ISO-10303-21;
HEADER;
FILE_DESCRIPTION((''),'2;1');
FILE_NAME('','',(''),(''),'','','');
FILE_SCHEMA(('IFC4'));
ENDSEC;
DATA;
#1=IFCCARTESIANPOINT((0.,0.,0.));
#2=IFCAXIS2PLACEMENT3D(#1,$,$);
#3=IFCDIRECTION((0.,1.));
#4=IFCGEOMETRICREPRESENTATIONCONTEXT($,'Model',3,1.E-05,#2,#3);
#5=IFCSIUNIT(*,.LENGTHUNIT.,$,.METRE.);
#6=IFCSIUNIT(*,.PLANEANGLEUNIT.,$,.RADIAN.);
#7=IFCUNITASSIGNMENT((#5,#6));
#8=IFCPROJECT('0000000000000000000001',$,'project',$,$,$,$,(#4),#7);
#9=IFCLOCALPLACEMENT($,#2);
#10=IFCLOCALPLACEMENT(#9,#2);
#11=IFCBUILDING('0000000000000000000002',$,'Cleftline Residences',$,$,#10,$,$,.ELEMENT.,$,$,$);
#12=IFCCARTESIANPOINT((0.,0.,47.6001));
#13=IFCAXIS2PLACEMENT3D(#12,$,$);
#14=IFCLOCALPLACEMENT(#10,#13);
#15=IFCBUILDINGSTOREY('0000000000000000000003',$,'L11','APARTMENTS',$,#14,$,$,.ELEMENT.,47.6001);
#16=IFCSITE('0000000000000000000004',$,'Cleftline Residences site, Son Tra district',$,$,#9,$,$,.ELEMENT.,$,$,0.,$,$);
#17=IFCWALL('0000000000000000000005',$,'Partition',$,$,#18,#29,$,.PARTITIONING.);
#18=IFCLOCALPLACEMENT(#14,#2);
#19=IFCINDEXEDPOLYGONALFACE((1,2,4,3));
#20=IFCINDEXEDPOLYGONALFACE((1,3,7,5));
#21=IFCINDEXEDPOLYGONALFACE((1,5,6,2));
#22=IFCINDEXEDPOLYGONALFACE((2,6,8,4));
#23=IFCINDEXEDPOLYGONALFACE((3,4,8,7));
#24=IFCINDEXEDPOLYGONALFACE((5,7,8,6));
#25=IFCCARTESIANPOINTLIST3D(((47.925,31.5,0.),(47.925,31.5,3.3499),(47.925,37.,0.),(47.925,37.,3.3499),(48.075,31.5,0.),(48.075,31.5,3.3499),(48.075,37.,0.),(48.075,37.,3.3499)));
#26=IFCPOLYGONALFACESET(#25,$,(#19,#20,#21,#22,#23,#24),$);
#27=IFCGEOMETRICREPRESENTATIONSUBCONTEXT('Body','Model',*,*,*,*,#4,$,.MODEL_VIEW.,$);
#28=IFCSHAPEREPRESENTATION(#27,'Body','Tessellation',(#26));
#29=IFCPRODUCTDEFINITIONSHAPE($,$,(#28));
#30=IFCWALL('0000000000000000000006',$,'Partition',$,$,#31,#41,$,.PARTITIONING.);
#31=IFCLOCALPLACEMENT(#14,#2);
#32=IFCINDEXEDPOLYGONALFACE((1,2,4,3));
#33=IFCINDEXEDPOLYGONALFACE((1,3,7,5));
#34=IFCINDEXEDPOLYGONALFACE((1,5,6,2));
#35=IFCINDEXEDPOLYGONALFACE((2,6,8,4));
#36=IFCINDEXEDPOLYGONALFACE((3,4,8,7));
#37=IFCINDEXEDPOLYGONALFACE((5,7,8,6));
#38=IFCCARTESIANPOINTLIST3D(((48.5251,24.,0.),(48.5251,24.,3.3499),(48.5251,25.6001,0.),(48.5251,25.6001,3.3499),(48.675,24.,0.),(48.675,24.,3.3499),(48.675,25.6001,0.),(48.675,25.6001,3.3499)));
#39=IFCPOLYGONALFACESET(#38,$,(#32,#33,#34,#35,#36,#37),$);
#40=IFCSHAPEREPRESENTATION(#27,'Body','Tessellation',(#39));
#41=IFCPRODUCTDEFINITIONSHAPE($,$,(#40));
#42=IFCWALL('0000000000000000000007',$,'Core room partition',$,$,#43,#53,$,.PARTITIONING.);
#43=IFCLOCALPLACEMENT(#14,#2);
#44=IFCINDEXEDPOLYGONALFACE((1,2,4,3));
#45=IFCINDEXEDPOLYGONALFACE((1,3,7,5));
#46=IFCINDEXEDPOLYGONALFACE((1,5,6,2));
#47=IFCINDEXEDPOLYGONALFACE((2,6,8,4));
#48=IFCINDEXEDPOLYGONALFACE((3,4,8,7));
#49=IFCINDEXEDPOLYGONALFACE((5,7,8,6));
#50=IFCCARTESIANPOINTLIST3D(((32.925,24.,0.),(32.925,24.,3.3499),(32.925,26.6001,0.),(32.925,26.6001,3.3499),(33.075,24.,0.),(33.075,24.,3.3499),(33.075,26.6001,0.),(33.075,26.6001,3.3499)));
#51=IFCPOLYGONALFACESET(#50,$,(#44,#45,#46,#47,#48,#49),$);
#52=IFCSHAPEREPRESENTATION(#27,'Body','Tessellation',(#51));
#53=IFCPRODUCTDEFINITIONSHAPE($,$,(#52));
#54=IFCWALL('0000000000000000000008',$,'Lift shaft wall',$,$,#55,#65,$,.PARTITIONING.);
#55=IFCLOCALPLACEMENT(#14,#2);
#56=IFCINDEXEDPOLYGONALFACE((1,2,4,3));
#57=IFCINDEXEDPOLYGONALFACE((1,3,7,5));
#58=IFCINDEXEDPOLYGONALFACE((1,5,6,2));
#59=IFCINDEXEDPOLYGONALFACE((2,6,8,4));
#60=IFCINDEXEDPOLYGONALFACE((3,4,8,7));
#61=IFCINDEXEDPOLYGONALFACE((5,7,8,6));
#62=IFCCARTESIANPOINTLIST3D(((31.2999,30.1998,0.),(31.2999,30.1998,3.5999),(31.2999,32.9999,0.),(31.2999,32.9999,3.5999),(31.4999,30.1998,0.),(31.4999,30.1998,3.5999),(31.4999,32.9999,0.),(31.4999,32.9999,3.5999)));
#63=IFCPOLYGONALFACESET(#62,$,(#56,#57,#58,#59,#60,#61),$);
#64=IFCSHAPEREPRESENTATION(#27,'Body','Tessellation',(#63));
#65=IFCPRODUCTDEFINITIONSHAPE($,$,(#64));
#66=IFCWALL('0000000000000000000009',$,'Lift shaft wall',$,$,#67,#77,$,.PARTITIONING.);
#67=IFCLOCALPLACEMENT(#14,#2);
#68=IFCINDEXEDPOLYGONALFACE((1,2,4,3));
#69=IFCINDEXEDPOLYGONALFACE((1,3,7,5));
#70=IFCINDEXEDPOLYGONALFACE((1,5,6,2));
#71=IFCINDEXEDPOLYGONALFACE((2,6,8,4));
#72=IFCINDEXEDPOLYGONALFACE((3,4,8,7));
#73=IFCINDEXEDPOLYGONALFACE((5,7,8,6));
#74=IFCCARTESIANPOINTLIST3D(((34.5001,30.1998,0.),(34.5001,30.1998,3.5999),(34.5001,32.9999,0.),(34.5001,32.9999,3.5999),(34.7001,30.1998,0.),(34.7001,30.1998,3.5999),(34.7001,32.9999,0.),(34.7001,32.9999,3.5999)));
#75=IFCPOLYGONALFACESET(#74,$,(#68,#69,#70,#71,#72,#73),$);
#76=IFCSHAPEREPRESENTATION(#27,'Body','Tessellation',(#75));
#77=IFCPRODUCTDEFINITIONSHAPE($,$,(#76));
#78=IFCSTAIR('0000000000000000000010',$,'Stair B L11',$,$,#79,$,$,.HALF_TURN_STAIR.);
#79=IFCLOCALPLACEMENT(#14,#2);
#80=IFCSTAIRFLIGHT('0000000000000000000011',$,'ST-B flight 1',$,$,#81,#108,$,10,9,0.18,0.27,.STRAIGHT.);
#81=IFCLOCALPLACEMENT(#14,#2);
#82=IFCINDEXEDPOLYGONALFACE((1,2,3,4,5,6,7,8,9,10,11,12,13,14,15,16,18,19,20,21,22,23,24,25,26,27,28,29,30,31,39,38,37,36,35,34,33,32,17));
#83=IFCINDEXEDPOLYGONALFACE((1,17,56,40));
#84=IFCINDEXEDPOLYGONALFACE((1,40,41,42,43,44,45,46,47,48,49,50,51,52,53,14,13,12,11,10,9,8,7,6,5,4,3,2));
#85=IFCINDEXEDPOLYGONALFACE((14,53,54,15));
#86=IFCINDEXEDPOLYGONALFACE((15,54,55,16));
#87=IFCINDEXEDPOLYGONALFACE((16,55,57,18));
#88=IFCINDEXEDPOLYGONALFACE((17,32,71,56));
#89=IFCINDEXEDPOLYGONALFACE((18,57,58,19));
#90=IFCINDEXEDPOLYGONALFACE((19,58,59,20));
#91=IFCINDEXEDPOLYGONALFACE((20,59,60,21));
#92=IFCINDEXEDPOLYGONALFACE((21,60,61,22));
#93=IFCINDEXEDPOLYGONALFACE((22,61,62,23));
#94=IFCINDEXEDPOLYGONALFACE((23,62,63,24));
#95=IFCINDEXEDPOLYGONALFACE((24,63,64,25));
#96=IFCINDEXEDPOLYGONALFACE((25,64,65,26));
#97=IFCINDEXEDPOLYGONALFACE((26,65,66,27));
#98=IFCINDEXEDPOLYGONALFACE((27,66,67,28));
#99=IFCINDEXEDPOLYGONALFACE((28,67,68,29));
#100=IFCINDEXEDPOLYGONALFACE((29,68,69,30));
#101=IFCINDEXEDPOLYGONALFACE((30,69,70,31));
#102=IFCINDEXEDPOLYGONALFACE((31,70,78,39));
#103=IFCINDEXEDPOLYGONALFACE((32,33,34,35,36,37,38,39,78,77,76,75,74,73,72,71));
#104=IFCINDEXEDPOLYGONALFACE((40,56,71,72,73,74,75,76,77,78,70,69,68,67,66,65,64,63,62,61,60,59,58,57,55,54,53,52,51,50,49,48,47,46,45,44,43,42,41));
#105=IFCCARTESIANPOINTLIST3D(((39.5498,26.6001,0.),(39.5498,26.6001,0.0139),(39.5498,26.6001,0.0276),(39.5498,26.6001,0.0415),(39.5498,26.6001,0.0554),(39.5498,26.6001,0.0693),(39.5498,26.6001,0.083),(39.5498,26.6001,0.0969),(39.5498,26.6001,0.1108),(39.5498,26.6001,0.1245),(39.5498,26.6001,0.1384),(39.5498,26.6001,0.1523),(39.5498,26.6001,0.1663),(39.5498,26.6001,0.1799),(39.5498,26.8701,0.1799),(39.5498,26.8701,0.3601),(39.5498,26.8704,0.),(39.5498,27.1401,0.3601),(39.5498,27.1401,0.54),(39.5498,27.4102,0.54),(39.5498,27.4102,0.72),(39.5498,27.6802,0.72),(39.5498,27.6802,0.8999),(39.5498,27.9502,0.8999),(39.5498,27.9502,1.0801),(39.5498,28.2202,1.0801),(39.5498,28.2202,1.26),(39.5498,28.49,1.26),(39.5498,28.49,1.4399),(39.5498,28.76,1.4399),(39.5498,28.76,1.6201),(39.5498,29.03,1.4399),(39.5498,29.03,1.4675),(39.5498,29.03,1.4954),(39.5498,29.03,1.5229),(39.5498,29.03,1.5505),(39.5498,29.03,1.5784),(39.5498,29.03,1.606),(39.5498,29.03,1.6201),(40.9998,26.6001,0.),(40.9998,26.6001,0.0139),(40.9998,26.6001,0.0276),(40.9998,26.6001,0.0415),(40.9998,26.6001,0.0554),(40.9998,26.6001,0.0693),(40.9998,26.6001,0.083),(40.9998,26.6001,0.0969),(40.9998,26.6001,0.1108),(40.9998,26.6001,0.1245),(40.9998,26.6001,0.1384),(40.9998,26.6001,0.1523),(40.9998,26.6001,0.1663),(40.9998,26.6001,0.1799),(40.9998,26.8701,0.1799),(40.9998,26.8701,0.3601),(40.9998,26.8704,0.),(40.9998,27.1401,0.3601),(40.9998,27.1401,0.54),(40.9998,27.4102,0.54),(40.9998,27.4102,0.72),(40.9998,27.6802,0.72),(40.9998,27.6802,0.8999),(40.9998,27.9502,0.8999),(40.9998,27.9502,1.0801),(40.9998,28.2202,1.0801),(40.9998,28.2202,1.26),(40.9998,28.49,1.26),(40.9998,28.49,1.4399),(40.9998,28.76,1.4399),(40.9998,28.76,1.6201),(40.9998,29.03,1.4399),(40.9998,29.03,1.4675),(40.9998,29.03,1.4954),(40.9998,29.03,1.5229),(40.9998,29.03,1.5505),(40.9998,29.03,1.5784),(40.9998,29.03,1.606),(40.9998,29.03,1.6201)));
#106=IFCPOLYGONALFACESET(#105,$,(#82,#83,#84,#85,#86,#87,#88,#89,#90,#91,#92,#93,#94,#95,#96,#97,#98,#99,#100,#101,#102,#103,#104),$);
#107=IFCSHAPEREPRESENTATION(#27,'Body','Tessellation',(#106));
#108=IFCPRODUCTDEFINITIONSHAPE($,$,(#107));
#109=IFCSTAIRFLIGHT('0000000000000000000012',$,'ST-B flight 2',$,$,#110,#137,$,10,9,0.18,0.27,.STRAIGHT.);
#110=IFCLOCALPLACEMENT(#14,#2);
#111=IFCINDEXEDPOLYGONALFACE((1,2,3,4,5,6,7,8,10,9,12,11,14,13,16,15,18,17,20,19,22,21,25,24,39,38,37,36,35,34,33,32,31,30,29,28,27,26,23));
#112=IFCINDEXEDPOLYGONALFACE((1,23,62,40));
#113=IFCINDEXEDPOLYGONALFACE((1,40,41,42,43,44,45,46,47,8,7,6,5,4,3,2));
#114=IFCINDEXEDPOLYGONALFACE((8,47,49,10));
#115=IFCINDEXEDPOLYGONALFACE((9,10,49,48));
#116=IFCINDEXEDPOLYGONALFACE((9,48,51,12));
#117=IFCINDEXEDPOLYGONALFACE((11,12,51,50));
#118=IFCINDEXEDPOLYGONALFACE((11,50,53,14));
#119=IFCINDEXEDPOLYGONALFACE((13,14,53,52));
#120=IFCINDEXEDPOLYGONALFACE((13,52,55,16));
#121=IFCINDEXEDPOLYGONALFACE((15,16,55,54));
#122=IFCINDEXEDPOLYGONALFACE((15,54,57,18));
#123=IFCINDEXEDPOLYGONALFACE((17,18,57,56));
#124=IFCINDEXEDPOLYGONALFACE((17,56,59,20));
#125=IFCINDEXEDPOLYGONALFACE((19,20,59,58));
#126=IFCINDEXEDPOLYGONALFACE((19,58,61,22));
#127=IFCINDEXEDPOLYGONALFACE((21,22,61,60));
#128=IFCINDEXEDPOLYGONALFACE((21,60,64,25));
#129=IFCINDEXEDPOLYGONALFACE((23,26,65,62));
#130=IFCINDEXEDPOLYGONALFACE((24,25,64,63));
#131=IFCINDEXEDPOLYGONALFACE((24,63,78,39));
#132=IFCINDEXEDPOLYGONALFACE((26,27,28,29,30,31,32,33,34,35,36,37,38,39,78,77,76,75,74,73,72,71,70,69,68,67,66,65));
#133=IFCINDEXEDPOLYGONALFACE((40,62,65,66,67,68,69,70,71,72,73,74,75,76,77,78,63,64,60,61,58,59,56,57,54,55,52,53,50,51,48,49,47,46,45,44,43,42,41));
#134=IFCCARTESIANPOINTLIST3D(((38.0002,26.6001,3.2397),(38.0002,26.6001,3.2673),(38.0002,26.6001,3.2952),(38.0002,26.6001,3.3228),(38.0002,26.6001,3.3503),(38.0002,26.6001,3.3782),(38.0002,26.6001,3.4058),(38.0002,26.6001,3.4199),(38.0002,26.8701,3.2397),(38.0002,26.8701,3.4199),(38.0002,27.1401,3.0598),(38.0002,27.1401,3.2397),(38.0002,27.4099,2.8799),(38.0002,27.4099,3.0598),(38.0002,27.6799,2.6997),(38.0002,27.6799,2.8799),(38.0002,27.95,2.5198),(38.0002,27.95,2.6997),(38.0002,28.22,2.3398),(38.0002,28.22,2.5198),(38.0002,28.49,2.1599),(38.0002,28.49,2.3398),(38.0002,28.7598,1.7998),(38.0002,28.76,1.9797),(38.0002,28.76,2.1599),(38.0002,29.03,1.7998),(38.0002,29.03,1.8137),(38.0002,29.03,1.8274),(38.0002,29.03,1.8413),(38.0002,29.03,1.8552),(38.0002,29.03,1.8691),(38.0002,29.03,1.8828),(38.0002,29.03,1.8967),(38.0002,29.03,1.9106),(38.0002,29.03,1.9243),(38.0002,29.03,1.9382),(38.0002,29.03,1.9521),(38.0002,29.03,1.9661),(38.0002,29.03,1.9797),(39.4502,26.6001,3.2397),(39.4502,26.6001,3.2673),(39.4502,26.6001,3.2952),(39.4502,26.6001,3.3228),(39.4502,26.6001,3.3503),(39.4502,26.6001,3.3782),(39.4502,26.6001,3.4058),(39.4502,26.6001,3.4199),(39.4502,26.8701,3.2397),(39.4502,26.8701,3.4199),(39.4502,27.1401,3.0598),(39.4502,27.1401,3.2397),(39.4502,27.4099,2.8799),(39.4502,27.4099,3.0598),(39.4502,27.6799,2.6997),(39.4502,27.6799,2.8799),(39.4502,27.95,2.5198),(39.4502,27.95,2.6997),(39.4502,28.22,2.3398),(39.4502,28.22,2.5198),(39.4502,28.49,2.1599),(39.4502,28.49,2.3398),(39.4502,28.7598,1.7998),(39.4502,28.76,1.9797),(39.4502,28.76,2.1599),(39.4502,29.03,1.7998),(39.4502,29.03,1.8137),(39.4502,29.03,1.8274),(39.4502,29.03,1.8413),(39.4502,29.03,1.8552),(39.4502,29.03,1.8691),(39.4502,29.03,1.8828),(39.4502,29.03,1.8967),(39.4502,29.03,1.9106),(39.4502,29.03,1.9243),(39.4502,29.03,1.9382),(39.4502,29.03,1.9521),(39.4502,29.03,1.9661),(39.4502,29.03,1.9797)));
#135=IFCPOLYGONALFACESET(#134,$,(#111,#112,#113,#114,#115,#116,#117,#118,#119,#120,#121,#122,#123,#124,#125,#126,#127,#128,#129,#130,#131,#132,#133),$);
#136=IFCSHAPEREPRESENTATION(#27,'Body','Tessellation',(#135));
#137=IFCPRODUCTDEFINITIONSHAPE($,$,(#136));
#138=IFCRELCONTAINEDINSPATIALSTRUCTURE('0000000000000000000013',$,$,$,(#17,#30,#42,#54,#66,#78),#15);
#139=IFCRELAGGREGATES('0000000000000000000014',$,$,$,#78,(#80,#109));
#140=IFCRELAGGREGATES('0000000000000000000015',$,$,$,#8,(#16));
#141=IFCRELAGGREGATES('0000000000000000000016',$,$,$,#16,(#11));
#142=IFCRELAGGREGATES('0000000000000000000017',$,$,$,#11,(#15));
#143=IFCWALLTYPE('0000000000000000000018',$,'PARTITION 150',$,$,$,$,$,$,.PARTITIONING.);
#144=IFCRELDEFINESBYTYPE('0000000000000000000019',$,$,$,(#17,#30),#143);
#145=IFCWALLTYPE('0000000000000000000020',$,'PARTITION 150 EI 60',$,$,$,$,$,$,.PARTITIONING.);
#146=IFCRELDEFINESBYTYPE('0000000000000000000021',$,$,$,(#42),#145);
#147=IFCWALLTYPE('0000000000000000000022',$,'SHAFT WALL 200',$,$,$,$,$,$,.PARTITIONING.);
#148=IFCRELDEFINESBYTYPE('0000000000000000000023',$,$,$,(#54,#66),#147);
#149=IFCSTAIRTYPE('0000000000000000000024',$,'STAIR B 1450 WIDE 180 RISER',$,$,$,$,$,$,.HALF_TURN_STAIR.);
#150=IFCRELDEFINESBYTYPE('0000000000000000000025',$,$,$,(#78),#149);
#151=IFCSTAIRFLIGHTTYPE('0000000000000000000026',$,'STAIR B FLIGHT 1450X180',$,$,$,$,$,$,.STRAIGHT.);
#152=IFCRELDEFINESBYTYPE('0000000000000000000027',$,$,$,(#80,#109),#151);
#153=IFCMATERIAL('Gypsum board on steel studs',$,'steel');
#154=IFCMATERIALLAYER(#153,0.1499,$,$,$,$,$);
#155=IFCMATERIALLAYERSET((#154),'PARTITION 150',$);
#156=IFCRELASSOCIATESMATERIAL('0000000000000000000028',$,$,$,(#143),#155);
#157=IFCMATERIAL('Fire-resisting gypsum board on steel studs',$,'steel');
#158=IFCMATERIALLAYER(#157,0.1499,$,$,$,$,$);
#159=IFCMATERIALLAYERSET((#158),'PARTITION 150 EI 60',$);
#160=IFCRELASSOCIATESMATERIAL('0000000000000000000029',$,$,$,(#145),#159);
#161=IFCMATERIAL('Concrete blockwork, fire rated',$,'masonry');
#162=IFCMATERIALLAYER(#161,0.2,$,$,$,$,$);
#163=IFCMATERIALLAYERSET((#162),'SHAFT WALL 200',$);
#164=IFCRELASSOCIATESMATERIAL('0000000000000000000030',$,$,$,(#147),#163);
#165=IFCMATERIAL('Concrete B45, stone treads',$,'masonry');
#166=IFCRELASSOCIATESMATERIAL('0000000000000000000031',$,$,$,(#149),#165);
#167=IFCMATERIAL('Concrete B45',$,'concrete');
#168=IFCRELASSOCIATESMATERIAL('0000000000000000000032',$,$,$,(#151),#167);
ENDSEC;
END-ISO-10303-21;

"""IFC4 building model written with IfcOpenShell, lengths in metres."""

from ifc_helpers import new_model, si_unit, direction, frame, frame_2d, origin, place, context, subcontext, project, spatial, polyline, rectangle, outline, extrude, material, layer, layer_set, type_object, element, aggregate, save


model = new_model("IFC4")

# Units and contexts
model_context = context("Model", 3, precision=1e-05, world=origin(), true_north=direction((0.0, 1.0)))
body_context = subcontext(model_context, "Body", "Model", "MODEL_VIEW")
ifc_project = project(units=[si_unit("LENGTHUNIT", "METRE"), si_unit("PLANEANGLEUNIT", "RADIAN")], contexts=[model_context])

# Site, building, storey
site_placement = place(None, origin())
site = spatial("IfcSite", under=ifc_project, at=site_placement, Name="Cleftline Residences site, Son Tra district", CompositionType="ELEMENT", RefElevation=0.0)
building_placement = place(site_placement, origin())
building = spatial("IfcBuilding", under=site, at=building_placement, Name="Cleftline Residences", CompositionType="ELEMENT")
storey_placement = place(building_placement, frame((0.0, 0.0, 47.6001)))
storey = spatial("IfcBuildingStorey", under=building, at=storey_placement, Name="L11", Description="APARTMENTS", CompositionType="ELEMENT", Elevation=47.6001)

# Shared definitions
ifc_material_1 = material(Name="Gypsum board on steel studs", Category="steel")
ifc_layer_1 = layer(ifc_material_1, 0.1499)
ifc_layer_set_1 = layer_set([ifc_layer_1], Name="PARTITION 150")
wall_type_1 = type_object("IfcWallType", Name="PARTITION 150", PredefinedType="PARTITIONING", material=ifc_layer_set_1)

# Walls
wall_1_placement = place(storey_placement, frame((48.0, 31.5, 0.0), z_axis=(0.0, 0.0, 1.0), x_axis=(0.0, 1.0, 0.0)))
element("IfcWall", 1, at=wall_1_placement, inside=storey, type_object=wall_type_1, Name="Partition", PredefinedType="PARTITIONING", context=body_context, shape_type="SweptSolid", body=[
    extrude(rectangle(XDim=5.5, YDim=0.1499, at=frame_2d((2.75, 0.0))), origin(), (0.0, 0.0, 1.0), 3.3499),
])
wall_2_placement = place(storey_placement, frame((48.6001, 24.0, 0.0), z_axis=(0.0, 0.0, 1.0), x_axis=(0.0, 1.0, 0.0)))
element("IfcWall", 2, at=wall_2_placement, inside=storey, type_object=wall_type_1, Name="Partition", PredefinedType="PARTITIONING", context=body_context, shape_type="SweptSolid", body=[
    extrude(rectangle(XDim=1.6001, YDim=0.1499, at=frame_2d((0.8, 0.0))), origin(), (0.0, 0.0, 1.0), 3.3499),
])
ifc_material_2 = material(Name="Fire-resisting gypsum board on steel studs", Category="steel")
ifc_layer_2 = layer(ifc_material_2, 0.1499)
ifc_layer_set_2 = layer_set([ifc_layer_2], Name="PARTITION 150 EI 60")
wall_type_2 = type_object("IfcWallType", Name="PARTITION 150 EI 60", PredefinedType="PARTITIONING", material=ifc_layer_set_2)
wall_3_placement = place(storey_placement, frame((33.0, 24.0, 0.0), z_axis=(0.0, 0.0, 1.0), x_axis=(0.0, 1.0, 0.0)))
element("IfcWall", 3, at=wall_3_placement, inside=storey, type_object=wall_type_2, Name="Core room partition", PredefinedType="PARTITIONING", context=body_context, shape_type="SweptSolid", body=[
    extrude(rectangle(XDim=2.6001, YDim=0.1499, at=frame_2d((1.3, 0.0))), origin(), (0.0, 0.0, 1.0), 3.3499),
])
ifc_material_3 = material(Name="Concrete blockwork, fire rated", Category="masonry")
ifc_layer_3 = layer(ifc_material_3, 0.2)
ifc_layer_set_3 = layer_set([ifc_layer_3], Name="SHAFT WALL 200")
wall_type_3 = type_object("IfcWallType", Name="SHAFT WALL 200", PredefinedType="PARTITIONING", material=ifc_layer_set_3)
for number, where, z_axis, x_axis, name in (
    (4, (31.3999, 30.2, 0.0), (0.0, 0.0, 1.0), (0.0, 1.0, 0.0), "Lift shaft wall"),
    (5, (34.6001, 30.2, 0.0), (0.0, 0.0, 1.0), (0.0, 1.0, 0.0), "Lift shaft wall"),
):
    element("IfcWall", number, at=place(storey_placement, frame(where, z_axis=z_axis, x_axis=x_axis)), inside=storey, type_object=wall_type_3, Name=name, PredefinedType="PARTITIONING", context=body_context, shape_type="SweptSolid", body=[
        extrude(rectangle(XDim=2.8, YDim=0.2, at=frame_2d((1.3999, 0.0))), origin(), (0.0, 0.0, 1.0), 3.5999),
    ])

# Stair, stair flights
ifc_material_4 = material(Name="Concrete B45, stone treads", Category="masonry")
stair_type = type_object("IfcStairType", Name="STAIR B 1450 WIDE 180 RISER", PredefinedType="HALF_TURN_STAIR", material=ifc_material_4)
stair_placement = place(storey_placement, origin())
stair = element("IfcStair", 6, at=stair_placement, inside=storey, type_object=stair_type, Name="Stair B L11", PredefinedType="HALF_TURN_STAIR")
ifc_material_5 = material(Name="Concrete B45", Category="concrete")
stair_flight_type = type_object("IfcStairFlightType", Name="STAIR B FLIGHT 1450X180", PredefinedType="STRAIGHT", material=ifc_material_5)
stair_flight_1_placement = place(storey_placement, frame((40.2749, 26.6001, 0.0), z_axis=(0.0, 0.0, 1.0), x_axis=(0.0, 1.0, 0.0)))
stair_flight_1 = element("IfcStairFlight", 7, at=stair_flight_1_placement, type_object=stair_flight_type, Name="ST-B flight 1", NumberOfRisers=10, NumberOfTreads=9, PredefinedType="STRAIGHT", RiserHeight=0.18, TreadLength=0.27, context=body_context, shape_type="SweptSolid", body=[
    extrude(outline(polyline([(0.0, 0.0), (0.0, 0.0139), (0.0, 0.0276), (0.0, 0.0415), (0.0, 0.0554), (0.0, 0.0693), (0.0, 0.083), (0.0, 0.0969), (0.0, 0.1108), (0.0, 0.1245), (0.0, 0.1384), (0.0, 0.1523), (0.0, 0.1663), (0.0, 0.1799), (0.27, 0.1799), (0.27, 0.3601), (0.54, 0.3601), (0.54, 0.54), (0.8101, 0.54), (0.8101, 0.72), (1.0801, 0.72), (1.0801, 0.8999), (1.3501, 0.8999), (1.3501, 1.0801), (1.6201, 1.0801), (1.6201, 1.26), (1.8899, 1.26), (1.8899, 1.4399), (2.1599, 1.4399), (2.1599, 1.6201), (2.4299, 1.6201), (2.4299, 1.8), (2.4299, 1.7722), (2.4299, 1.7446), (2.4299, 1.7168), (2.4299, 1.6892), (2.4299, 1.6614), (2.4299, 1.6338), (2.4299, 1.606), (2.4299, 1.5784), (2.4299, 1.5505), (2.4299, 1.5229), (2.4299, 1.4954), (2.4299, 1.4675), (2.4299, 1.4399), (0.2703, 0.0), (0.0, 0.0)])), frame((0.0, 0.7251, 0.0), z_axis=(0.0, -1.0, 0.0), x_axis=(1.0, 0.0, 0.0)), (0.0, 0.0, 1.0), 1.45),
])
stair_flight_2_placement = place(storey_placement, frame((38.7251, 29.03, 1.7998), z_axis=(0.0, 0.0, 1.0), x_axis=(0.0, -1.0, 0.0)))
stair_flight_2 = element("IfcStairFlight", 8, at=stair_flight_2_placement, type_object=stair_flight_type, Name="ST-B flight 2", NumberOfRisers=10, NumberOfTreads=9, PredefinedType="STRAIGHT", RiserHeight=0.18, TreadLength=0.27, context=body_context, shape_type="SweptSolid", body=[
    extrude(outline(polyline([(0.0, 0.0), (0.0, 0.0139), (0.0, 0.0276), (0.0, 0.0415), (0.0, 0.0554), (0.0, 0.0693), (0.0, 0.083), (0.0, 0.0969), (0.0, 0.1108), (0.0, 0.1245), (0.0, 0.1384), (0.0, 0.1523), (0.0, 0.1663), (0.0, 0.1799), (0.27, 0.1799), (0.27, 0.3601), (0.54, 0.3601), (0.54, 0.54), (0.8101, 0.54), (0.8101, 0.72), (1.0801, 0.72), (1.0801, 0.8999), (1.3501, 0.8999), (1.3501, 1.0801), (1.6201, 1.0801), (1.6201, 1.26), (1.8899, 1.26), (1.8899, 1.4399), (2.1599, 1.4399), (2.1599, 1.6201), (2.4299, 1.6201), (2.4299, 1.8), (2.4299, 1.7722), (2.4299, 1.7446), (2.4299, 1.7168), (2.4299, 1.6892), (2.4299, 1.6614), (2.4299, 1.6338), (2.4299, 1.606), (2.4299, 1.5784), (2.4299, 1.5505), (2.4299, 1.5229), (2.4299, 1.4954), (2.4299, 1.4675), (2.4299, 1.4399), (0.2703, 0.0), (0.0, 0.0)])), frame((0.0, 0.7251, 0.0), z_axis=(0.0, -1.0, 0.0), x_axis=(1.0, 0.0, 0.0)), (0.0, 0.0, 1.0), 1.45),
])
aggregate(stair, [stair_flight_1, stair_flight_2])

save(model, "model.ifc")
